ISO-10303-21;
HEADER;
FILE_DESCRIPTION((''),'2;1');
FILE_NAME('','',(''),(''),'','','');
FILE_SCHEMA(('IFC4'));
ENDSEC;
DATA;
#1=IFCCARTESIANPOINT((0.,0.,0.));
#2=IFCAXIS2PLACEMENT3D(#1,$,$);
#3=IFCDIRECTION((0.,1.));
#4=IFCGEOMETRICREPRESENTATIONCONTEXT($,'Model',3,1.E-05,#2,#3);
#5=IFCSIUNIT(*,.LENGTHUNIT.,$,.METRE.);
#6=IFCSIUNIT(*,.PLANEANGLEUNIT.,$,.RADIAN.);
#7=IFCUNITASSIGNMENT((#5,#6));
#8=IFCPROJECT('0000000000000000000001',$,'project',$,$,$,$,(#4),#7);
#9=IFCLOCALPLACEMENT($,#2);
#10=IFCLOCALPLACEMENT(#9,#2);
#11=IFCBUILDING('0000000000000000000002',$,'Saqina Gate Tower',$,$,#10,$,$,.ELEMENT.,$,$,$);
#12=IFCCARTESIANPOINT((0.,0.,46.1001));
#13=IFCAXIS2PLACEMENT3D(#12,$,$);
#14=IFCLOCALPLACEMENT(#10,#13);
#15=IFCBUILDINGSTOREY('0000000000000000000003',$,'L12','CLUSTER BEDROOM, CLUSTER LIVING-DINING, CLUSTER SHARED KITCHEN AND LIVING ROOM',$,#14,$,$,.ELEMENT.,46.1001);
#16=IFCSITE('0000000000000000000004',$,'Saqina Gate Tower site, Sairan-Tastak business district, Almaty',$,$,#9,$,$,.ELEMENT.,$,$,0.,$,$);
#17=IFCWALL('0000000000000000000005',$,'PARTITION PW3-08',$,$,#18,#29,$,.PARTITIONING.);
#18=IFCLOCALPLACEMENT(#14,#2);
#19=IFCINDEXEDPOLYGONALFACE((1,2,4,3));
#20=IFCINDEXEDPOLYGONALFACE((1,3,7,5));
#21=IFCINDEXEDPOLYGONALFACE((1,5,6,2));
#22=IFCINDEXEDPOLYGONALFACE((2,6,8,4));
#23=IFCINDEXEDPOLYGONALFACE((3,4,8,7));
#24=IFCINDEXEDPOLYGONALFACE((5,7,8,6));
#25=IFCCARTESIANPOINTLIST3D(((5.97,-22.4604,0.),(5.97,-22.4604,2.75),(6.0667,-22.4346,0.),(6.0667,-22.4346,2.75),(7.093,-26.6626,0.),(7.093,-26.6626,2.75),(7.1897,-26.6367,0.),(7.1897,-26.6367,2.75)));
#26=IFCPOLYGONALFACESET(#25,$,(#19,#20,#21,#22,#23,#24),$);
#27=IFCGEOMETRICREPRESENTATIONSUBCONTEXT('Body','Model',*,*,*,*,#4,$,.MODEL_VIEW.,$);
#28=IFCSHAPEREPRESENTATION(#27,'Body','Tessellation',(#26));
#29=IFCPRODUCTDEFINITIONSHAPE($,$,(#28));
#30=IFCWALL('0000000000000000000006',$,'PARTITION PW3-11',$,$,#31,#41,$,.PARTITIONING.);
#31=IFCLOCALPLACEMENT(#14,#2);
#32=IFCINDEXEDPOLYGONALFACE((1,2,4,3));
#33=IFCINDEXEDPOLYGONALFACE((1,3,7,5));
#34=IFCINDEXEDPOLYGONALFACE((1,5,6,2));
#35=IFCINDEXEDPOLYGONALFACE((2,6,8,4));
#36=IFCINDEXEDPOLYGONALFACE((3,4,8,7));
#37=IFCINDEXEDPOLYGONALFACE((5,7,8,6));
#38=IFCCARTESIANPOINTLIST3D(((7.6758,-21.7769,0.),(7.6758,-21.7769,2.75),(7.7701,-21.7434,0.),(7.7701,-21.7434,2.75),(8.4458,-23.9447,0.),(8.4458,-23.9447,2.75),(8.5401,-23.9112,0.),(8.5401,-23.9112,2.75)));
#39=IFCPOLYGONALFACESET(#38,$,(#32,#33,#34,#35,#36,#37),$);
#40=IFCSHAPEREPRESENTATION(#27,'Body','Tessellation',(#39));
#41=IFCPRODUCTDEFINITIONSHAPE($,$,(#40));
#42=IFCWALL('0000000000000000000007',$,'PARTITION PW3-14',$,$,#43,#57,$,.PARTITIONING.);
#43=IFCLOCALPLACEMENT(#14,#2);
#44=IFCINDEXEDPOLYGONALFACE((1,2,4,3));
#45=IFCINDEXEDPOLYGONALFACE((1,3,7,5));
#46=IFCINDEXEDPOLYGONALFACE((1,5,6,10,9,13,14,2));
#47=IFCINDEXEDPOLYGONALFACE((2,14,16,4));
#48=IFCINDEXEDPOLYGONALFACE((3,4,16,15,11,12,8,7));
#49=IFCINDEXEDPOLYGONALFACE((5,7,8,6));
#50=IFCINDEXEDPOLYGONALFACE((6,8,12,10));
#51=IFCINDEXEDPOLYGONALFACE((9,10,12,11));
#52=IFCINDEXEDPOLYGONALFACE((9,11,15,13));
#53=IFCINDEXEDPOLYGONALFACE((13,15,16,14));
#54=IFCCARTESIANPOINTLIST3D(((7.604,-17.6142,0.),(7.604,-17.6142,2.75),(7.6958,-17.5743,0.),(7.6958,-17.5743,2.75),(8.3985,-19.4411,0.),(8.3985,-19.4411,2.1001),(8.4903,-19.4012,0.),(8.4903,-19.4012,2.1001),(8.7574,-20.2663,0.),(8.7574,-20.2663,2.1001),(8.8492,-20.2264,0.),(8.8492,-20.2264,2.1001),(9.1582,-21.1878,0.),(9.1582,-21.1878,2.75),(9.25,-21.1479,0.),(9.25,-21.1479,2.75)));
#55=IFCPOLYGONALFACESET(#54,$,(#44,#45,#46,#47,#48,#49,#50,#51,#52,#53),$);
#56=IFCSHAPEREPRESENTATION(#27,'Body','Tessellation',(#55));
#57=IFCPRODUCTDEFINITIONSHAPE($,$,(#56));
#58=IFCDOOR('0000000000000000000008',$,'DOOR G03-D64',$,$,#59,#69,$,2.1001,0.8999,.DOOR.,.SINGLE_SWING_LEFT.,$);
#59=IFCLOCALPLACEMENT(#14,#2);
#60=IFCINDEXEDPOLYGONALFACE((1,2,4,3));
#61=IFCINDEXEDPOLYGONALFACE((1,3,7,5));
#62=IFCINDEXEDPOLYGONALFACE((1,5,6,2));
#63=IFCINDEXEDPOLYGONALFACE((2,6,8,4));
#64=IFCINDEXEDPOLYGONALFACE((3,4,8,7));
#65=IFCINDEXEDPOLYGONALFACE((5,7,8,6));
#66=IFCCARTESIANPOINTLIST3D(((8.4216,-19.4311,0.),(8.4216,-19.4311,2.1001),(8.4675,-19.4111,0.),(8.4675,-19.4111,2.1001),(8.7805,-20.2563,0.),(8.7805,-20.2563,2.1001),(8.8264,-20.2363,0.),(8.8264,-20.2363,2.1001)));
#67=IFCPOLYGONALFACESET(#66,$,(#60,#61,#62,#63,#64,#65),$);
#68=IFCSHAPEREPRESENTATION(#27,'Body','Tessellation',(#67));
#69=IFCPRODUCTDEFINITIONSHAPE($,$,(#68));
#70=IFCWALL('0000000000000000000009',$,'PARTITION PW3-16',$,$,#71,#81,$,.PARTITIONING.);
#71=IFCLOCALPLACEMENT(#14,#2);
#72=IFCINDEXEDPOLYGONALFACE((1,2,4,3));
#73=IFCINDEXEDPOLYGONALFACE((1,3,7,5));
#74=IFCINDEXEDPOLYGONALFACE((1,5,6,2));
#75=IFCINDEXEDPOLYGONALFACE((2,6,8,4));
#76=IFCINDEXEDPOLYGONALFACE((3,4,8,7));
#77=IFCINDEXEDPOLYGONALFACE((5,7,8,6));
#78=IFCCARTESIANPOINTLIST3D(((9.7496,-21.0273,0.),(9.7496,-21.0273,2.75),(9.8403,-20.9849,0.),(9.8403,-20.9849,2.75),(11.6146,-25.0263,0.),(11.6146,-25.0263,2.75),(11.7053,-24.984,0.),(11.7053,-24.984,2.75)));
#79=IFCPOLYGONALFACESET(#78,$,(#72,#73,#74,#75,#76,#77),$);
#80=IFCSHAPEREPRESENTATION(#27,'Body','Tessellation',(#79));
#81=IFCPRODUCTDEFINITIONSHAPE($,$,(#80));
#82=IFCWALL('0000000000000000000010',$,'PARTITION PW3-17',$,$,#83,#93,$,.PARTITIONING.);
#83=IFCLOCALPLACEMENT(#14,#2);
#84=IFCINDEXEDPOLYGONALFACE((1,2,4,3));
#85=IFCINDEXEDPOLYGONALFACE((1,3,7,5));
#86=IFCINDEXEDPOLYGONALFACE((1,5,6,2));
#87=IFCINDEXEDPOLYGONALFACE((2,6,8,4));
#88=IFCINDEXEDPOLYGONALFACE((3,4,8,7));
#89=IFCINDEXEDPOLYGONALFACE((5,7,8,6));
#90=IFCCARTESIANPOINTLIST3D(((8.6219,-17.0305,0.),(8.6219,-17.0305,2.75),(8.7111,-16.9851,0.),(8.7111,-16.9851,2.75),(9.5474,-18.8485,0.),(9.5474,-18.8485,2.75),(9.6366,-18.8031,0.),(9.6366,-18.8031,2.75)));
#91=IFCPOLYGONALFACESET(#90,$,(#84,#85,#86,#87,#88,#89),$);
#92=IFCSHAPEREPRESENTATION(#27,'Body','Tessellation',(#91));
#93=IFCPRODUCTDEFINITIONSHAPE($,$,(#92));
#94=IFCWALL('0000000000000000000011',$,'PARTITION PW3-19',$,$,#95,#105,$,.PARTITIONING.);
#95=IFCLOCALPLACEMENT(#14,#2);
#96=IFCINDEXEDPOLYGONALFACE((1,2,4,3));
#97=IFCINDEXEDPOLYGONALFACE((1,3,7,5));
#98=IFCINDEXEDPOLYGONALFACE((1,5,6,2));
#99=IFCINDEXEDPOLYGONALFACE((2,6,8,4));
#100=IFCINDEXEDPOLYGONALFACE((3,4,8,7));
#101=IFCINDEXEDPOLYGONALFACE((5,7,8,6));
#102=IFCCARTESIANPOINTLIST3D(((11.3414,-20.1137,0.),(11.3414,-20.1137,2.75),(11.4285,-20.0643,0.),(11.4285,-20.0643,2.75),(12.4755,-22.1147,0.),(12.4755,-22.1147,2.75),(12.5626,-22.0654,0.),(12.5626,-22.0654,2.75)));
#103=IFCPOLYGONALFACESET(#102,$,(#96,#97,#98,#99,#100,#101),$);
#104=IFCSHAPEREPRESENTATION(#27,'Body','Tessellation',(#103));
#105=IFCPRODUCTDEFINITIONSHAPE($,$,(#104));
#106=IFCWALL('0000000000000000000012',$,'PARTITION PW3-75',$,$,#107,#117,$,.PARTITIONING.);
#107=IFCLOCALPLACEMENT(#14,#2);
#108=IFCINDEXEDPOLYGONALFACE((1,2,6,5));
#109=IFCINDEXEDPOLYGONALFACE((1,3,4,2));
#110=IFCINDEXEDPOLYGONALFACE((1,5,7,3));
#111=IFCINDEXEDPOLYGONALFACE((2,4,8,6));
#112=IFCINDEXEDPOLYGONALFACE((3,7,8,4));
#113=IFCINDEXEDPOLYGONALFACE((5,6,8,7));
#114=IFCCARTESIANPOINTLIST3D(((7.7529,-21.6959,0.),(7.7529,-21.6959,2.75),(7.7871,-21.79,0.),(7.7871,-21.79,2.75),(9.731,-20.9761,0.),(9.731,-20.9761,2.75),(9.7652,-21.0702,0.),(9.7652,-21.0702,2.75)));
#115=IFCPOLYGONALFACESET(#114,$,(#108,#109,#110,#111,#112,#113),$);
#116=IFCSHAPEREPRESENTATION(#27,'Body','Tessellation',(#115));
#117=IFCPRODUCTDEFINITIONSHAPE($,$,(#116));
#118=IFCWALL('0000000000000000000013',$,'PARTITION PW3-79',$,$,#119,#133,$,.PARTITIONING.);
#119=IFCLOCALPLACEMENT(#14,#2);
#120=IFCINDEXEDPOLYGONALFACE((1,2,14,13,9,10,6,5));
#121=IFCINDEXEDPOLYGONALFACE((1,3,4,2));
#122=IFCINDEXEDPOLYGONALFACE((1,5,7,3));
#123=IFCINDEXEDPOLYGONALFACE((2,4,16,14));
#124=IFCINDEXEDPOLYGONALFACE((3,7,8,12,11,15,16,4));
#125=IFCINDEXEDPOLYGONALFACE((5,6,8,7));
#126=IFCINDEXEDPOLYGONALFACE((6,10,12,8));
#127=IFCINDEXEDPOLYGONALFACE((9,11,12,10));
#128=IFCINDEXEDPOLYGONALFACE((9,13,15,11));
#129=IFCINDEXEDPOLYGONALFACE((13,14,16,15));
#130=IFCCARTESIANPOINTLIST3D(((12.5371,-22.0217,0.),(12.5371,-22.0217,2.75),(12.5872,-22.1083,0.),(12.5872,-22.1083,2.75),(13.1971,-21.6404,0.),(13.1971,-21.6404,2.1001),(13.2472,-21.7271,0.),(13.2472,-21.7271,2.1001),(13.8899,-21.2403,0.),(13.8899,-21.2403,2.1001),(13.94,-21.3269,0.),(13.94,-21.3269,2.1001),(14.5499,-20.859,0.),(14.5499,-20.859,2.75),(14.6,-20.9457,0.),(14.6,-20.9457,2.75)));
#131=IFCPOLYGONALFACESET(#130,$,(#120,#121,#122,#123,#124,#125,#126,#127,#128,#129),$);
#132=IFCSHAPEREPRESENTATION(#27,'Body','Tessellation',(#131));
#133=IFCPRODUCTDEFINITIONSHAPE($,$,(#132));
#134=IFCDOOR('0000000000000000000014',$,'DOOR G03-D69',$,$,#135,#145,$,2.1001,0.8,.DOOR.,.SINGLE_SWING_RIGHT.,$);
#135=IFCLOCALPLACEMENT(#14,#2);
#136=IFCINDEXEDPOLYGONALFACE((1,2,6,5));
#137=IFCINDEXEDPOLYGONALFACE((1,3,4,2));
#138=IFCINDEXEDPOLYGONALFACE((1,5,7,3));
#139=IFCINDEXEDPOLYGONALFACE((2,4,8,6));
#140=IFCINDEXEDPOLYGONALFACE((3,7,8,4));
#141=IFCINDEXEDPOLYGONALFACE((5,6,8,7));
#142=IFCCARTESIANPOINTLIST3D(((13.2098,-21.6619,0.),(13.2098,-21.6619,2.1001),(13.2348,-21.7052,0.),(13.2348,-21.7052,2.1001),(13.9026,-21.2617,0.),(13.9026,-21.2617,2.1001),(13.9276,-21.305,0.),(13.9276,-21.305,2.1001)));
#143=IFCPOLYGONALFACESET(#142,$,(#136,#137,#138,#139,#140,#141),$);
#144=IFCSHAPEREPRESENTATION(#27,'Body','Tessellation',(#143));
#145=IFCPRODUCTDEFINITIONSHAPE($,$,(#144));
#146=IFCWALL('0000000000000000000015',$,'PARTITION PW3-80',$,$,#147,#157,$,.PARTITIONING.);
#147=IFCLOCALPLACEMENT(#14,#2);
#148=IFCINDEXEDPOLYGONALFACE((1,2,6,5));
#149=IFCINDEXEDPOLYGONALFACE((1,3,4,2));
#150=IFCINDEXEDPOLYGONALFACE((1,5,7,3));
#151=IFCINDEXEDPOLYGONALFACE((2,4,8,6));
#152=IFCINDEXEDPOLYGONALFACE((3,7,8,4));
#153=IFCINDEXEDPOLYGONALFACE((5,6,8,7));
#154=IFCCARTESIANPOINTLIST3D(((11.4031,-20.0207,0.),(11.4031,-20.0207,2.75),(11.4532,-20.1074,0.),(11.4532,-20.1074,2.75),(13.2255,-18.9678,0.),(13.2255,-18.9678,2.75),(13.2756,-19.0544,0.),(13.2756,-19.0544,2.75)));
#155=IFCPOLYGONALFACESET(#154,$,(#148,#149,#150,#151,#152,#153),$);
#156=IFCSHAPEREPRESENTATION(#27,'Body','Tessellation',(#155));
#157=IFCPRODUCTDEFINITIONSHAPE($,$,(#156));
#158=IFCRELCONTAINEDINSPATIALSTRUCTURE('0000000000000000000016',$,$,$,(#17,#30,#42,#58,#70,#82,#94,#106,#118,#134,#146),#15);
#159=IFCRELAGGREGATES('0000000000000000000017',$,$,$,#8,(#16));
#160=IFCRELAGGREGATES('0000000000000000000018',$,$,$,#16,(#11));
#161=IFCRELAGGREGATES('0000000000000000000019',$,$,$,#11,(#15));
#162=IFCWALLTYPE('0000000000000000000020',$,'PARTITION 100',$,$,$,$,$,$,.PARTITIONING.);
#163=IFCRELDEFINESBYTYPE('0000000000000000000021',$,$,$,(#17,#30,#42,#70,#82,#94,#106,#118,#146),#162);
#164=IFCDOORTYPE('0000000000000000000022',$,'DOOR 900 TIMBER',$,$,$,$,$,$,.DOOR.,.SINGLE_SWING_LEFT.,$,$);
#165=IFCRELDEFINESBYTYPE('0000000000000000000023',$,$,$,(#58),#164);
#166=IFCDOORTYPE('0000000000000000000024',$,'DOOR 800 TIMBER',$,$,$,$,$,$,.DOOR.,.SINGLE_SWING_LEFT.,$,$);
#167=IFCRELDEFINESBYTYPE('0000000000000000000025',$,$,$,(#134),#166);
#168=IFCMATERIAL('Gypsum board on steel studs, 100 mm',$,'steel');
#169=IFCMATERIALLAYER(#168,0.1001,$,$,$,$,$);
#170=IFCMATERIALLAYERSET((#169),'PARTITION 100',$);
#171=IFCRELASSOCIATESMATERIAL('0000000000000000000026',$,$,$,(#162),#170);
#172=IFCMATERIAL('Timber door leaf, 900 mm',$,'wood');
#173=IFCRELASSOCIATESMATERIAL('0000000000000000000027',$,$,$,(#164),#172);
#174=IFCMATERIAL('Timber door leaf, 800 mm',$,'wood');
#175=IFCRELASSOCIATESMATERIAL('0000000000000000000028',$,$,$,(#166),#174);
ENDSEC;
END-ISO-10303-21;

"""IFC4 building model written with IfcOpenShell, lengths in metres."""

from ifc_helpers import new_model, si_unit, direction, frame, frame_2d, origin, place, context, subcontext, project, spatial, rectangle, extrude, material, layer, layer_set, type_object, element, fill, save


model = new_model("IFC4")

# Units and contexts
model_context = context("Model", 3, precision=1e-05, world=origin(), true_north=direction((0.0, 1.0)))
body_context = subcontext(model_context, "Body", "Model", "MODEL_VIEW")
ifc_project = project(units=[si_unit("LENGTHUNIT", "METRE"), si_unit("PLANEANGLEUNIT", "RADIAN")], contexts=[model_context])

# Site, building, storey
site_placement = place(None, origin())
site = spatial("IfcSite", under=ifc_project, at=site_placement, Name="Saqina Gate Tower site, Sairan-Tastak business district, Almaty", CompositionType="ELEMENT", RefElevation=0.0)
building_placement = place(site_placement, origin())
building = spatial("IfcBuilding", under=site, at=building_placement, Name="Saqina Gate Tower", CompositionType="ELEMENT")
storey_placement = place(building_placement, frame((0.0, 0.0, 46.1001)))
storey = spatial("IfcBuildingStorey", under=building, at=storey_placement, Name="L12", Description="CLUSTER BEDROOM, CLUSTER LIVING-DINING, CLUSTER SHARED KITCHEN AND LIVING ROOM", CompositionType="ELEMENT", Elevation=46.1001)

# Walls
ifc_material_1 = material(Name="Gypsum board on steel studs, 100 mm", Category="steel")
ifc_layer_1 = layer(ifc_material_1, 0.1001)
ifc_layer_set_1 = layer_set([ifc_layer_1], Name="PARTITION 100")
wall_type_1 = type_object("IfcWallType", Name="PARTITION 100", PredefinedType="PARTITIONING", material=ifc_layer_set_1)
wall_1_placement = place(storey_placement, frame((6.0183, -22.4475, 0.0), z_axis=(0.0, 0.0, 1.0), x_axis=(0.258194, -0.966093, 0.0)))
element("IfcWall", 1, at=wall_1_placement, inside=storey, type_object=wall_type_1, Name="PARTITION PW3-08", PredefinedType="PARTITIONING", context=body_context, shape_type="SweptSolid", body=[
    extrude(rectangle(XDim=4.3496, YDim=0.1001, at=frame_2d((2.1748, 0.0))), origin(), (0.0, 0.0, 1.0), 2.75),
])
wall_2_placement = place(storey_placement, frame((7.7229, -21.76, 0.0), z_axis=(0.0, 0.0, 1.0), x_axis=(0.334696, -0.942326, 0.0)))
element("IfcWall", 2, at=wall_2_placement, inside=storey, type_object=wall_type_1, Name="PARTITION PW3-11", PredefinedType="PARTITIONING", context=body_context, shape_type="SweptSolid", body=[
    extrude(rectangle(XDim=2.3005, YDim=0.1001, at=frame_2d((1.1504, 0.0))), origin(), (0.0, 0.0, 1.0), 2.75),
])

# Wall, opening, door
wall_3_placement = place(storey_placement, frame((7.6499, -17.5942, 0.0), z_axis=(0.0, 0.0, 1.0), x_axis=(0.398813, -0.917032, 0.0)))
wall_3 = element("IfcWall", 3, at=wall_3_placement, inside=storey, type_object=wall_type_1, Name="PARTITION PW3-14", PredefinedType="PARTITIONING", context=body_context, shape_type="SweptSolid", body=[
    extrude(rectangle(XDim=3.897, YDim=0.1001, at=frame_2d((1.9485, 0.0))), origin(), (0.0, 0.0, 1.0), 2.75),
])
opening_1_placement = place(wall_3_placement, frame((1.9922, 0.0, 0.0)))
opening_1 = element("IfcOpeningElement", 4, at=opening_1_placement, cuts=wall_3, PredefinedType="OPENING", context=body_context, shape_type="SweptSolid", body=[
    extrude(rectangle(XDim=0.8999, YDim=2.1001, at=frame_2d((0.45, 1.05))), frame((0.0, 0.062, 0.0), z_axis=(0.0, -1.0, 0.0), x_axis=(1.0, 0.0, 0.0)), (0.0, 0.0, 1.0), 0.124),
])
ifc_material_2 = material(Name="Timber door leaf, 900 mm", Category="wood")
door_type_1 = type_object("IfcDoorType", Name="DOOR 900 TIMBER", OperationType="SINGLE_SWING_LEFT", PredefinedType="DOOR", material=ifc_material_2)
door_1_placement = place(opening_1_placement, frame((0.8999, 0.0, 0.0), z_axis=(0.0, 0.0, 1.0), x_axis=(-1.0, 0.0, 0.0)))
door_1 = element("IfcDoor", 5, at=door_1_placement, inside=storey, type_object=door_type_1, Name="DOOR G03-D64", OperationType="SINGLE_SWING_LEFT", OverallHeight=2.1001, OverallWidth=0.8999, PredefinedType="DOOR", context=body_context, shape_type="SweptSolid", body=[
    extrude(rectangle(XDim=0.8999, YDim=2.1001, at=frame_2d((0.45, 1.05))), frame((0.0, 0.0249, 0.0), z_axis=(0.0, -1.0, 0.0), x_axis=(1.0, 0.0, 0.0)), (0.0, 0.0, 1.0), 0.05),
])
fill(opening_1, door_1)

# Walls
wall_4_placement = place(storey_placement, frame((9.7949, -21.0061, 0.0), z_axis=(0.0, 0.0, 1.0), x_axis=(0.422658, -0.906289, 0.0)))
element("IfcWall", 6, at=wall_4_placement, inside=storey, type_object=wall_type_1, Name="PARTITION PW3-16", PredefinedType="PARTITIONING", context=body_context, shape_type="SweptSolid", body=[
    extrude(rectangle(XDim=4.4126, YDim=0.1001, at=frame_2d((2.2063, 0.0))), origin(), (0.0, 0.0, 1.0), 2.75),
])
wall_5_placement = place(storey_placement, frame((8.6665, -17.0078, 0.0), z_axis=(0.0, 0.0, 1.0), x_axis=(0.453664, -0.891173, 0.0)))
element("IfcWall", 7, at=wall_5_placement, inside=storey, type_object=wall_type_1, Name="PARTITION PW3-17", PredefinedType="PARTITIONING", context=body_context, shape_type="SweptSolid", body=[
    extrude(rectangle(XDim=2.04, YDim=0.1001, at=frame_2d((1.02, 0.0))), origin(), (0.0, 0.0, 1.0), 2.75),
])
wall_6_placement = place(storey_placement, frame((11.385, -20.0891, 0.0), z_axis=(0.0, 0.0, 1.0), x_axis=(0.493061, -0.869995, 0.0)))
element("IfcWall", 8, at=wall_6_placement, inside=storey, type_object=wall_type_1, Name="PARTITION PW3-19", PredefinedType="PARTITIONING", context=body_context, shape_type="SweptSolid", body=[
    extrude(rectangle(XDim=2.3, YDim=0.1001, at=frame_2d((1.1499, 0.0))), origin(), (0.0, 0.0, 1.0), 2.75),
])
wall_7_placement = place(storey_placement, frame((7.77, -21.7429, 0.0), z_axis=(0.0, 0.0, 1.0), x_axis=(0.939726, 0.341929, 0.0)))
element("IfcWall", 9, at=wall_7_placement, inside=storey, type_object=wall_type_1, Name="PARTITION PW3-75", PredefinedType="PARTITIONING", context=body_context, shape_type="SweptSolid", body=[
    extrude(rectangle(XDim=2.105, YDim=0.1001, at=frame_2d((1.0525, 0.0))), origin(), (0.0, 0.0, 1.0), 2.75),
])

# Wall, opening, door
wall_8_placement = place(storey_placement, frame((12.5623, -22.0649, 0.0), z_axis=(0.0, 0.0, 1.0), x_axis=(0.86592, 0.500183, 0.0)))
wall_8 = element("IfcWall", 10, at=wall_8_placement, inside=storey, type_object=wall_type_1, Name="PARTITION PW3-79", PredefinedType="PARTITIONING", context=body_context, shape_type="SweptSolid", body=[
    extrude(rectangle(XDim=2.3245, YDim=0.1001, at=frame_2d((1.1621, 0.0))), origin(), (0.0, 0.0, 1.0), 2.75),
])
opening_2_placement = place(wall_8_placement, frame((0.7622, 0.0, 0.0)))
opening_2 = element("IfcOpeningElement", 11, at=opening_2_placement, cuts=wall_8, PredefinedType="OPENING", context=body_context, shape_type="SweptSolid", body=[
    extrude(rectangle(XDim=0.8, YDim=2.1001, at=frame_2d((0.3999, 1.05))), frame((0.0, 0.062, 0.0), z_axis=(0.0, -1.0, 0.0), x_axis=(1.0, 0.0, 0.0)), (0.0, 0.0, 1.0), 0.124),
])
ifc_material_3 = material(Name="Timber door leaf, 800 mm", Category="wood")
door_type_2 = type_object("IfcDoorType", Name="DOOR 800 TIMBER", OperationType="SINGLE_SWING_LEFT", PredefinedType="DOOR", material=ifc_material_3)
door_2_placement = place(opening_2_placement, frame((0.8, 0.0, 0.0), z_axis=(0.0, 0.0, 1.0), x_axis=(-1.0, 0.0, 0.0)))
door_2 = element("IfcDoor", 12, at=door_2_placement, inside=storey, type_object=door_type_2, Name="DOOR G03-D69", OperationType="SINGLE_SWING_RIGHT", OverallHeight=2.1001, OverallWidth=0.8, PredefinedType="DOOR", context=body_context, shape_type="SweptSolid", body=[
    extrude(rectangle(XDim=0.8, YDim=2.1001, at=frame_2d((0.3999, 1.05))), frame((0.0, 0.0249, 0.0), z_axis=(0.0, -1.0, 0.0), x_axis=(1.0, 0.0, 0.0)), (0.0, 0.0, 1.0), 0.05),
])
fill(opening_2, door_2)

# Wall
wall_9_placement = place(storey_placement, frame((11.4282, -20.064, 0.0), z_axis=(0.0, 0.0, 1.0), x_axis=(0.865871, 0.500268, 0.0)))
element("IfcWall", 13, at=wall_9_placement, inside=storey, type_object=wall_type_1, Name="PARTITION PW3-80", PredefinedType="PARTITIONING", context=body_context, shape_type="SweptSolid", body=[
    extrude(rectangle(XDim=2.1047, YDim=0.1001, at=frame_2d((1.0522, 0.0))), origin(), (0.0, 0.0, 1.0), 2.75),
])

save(model, "model.ifc")
